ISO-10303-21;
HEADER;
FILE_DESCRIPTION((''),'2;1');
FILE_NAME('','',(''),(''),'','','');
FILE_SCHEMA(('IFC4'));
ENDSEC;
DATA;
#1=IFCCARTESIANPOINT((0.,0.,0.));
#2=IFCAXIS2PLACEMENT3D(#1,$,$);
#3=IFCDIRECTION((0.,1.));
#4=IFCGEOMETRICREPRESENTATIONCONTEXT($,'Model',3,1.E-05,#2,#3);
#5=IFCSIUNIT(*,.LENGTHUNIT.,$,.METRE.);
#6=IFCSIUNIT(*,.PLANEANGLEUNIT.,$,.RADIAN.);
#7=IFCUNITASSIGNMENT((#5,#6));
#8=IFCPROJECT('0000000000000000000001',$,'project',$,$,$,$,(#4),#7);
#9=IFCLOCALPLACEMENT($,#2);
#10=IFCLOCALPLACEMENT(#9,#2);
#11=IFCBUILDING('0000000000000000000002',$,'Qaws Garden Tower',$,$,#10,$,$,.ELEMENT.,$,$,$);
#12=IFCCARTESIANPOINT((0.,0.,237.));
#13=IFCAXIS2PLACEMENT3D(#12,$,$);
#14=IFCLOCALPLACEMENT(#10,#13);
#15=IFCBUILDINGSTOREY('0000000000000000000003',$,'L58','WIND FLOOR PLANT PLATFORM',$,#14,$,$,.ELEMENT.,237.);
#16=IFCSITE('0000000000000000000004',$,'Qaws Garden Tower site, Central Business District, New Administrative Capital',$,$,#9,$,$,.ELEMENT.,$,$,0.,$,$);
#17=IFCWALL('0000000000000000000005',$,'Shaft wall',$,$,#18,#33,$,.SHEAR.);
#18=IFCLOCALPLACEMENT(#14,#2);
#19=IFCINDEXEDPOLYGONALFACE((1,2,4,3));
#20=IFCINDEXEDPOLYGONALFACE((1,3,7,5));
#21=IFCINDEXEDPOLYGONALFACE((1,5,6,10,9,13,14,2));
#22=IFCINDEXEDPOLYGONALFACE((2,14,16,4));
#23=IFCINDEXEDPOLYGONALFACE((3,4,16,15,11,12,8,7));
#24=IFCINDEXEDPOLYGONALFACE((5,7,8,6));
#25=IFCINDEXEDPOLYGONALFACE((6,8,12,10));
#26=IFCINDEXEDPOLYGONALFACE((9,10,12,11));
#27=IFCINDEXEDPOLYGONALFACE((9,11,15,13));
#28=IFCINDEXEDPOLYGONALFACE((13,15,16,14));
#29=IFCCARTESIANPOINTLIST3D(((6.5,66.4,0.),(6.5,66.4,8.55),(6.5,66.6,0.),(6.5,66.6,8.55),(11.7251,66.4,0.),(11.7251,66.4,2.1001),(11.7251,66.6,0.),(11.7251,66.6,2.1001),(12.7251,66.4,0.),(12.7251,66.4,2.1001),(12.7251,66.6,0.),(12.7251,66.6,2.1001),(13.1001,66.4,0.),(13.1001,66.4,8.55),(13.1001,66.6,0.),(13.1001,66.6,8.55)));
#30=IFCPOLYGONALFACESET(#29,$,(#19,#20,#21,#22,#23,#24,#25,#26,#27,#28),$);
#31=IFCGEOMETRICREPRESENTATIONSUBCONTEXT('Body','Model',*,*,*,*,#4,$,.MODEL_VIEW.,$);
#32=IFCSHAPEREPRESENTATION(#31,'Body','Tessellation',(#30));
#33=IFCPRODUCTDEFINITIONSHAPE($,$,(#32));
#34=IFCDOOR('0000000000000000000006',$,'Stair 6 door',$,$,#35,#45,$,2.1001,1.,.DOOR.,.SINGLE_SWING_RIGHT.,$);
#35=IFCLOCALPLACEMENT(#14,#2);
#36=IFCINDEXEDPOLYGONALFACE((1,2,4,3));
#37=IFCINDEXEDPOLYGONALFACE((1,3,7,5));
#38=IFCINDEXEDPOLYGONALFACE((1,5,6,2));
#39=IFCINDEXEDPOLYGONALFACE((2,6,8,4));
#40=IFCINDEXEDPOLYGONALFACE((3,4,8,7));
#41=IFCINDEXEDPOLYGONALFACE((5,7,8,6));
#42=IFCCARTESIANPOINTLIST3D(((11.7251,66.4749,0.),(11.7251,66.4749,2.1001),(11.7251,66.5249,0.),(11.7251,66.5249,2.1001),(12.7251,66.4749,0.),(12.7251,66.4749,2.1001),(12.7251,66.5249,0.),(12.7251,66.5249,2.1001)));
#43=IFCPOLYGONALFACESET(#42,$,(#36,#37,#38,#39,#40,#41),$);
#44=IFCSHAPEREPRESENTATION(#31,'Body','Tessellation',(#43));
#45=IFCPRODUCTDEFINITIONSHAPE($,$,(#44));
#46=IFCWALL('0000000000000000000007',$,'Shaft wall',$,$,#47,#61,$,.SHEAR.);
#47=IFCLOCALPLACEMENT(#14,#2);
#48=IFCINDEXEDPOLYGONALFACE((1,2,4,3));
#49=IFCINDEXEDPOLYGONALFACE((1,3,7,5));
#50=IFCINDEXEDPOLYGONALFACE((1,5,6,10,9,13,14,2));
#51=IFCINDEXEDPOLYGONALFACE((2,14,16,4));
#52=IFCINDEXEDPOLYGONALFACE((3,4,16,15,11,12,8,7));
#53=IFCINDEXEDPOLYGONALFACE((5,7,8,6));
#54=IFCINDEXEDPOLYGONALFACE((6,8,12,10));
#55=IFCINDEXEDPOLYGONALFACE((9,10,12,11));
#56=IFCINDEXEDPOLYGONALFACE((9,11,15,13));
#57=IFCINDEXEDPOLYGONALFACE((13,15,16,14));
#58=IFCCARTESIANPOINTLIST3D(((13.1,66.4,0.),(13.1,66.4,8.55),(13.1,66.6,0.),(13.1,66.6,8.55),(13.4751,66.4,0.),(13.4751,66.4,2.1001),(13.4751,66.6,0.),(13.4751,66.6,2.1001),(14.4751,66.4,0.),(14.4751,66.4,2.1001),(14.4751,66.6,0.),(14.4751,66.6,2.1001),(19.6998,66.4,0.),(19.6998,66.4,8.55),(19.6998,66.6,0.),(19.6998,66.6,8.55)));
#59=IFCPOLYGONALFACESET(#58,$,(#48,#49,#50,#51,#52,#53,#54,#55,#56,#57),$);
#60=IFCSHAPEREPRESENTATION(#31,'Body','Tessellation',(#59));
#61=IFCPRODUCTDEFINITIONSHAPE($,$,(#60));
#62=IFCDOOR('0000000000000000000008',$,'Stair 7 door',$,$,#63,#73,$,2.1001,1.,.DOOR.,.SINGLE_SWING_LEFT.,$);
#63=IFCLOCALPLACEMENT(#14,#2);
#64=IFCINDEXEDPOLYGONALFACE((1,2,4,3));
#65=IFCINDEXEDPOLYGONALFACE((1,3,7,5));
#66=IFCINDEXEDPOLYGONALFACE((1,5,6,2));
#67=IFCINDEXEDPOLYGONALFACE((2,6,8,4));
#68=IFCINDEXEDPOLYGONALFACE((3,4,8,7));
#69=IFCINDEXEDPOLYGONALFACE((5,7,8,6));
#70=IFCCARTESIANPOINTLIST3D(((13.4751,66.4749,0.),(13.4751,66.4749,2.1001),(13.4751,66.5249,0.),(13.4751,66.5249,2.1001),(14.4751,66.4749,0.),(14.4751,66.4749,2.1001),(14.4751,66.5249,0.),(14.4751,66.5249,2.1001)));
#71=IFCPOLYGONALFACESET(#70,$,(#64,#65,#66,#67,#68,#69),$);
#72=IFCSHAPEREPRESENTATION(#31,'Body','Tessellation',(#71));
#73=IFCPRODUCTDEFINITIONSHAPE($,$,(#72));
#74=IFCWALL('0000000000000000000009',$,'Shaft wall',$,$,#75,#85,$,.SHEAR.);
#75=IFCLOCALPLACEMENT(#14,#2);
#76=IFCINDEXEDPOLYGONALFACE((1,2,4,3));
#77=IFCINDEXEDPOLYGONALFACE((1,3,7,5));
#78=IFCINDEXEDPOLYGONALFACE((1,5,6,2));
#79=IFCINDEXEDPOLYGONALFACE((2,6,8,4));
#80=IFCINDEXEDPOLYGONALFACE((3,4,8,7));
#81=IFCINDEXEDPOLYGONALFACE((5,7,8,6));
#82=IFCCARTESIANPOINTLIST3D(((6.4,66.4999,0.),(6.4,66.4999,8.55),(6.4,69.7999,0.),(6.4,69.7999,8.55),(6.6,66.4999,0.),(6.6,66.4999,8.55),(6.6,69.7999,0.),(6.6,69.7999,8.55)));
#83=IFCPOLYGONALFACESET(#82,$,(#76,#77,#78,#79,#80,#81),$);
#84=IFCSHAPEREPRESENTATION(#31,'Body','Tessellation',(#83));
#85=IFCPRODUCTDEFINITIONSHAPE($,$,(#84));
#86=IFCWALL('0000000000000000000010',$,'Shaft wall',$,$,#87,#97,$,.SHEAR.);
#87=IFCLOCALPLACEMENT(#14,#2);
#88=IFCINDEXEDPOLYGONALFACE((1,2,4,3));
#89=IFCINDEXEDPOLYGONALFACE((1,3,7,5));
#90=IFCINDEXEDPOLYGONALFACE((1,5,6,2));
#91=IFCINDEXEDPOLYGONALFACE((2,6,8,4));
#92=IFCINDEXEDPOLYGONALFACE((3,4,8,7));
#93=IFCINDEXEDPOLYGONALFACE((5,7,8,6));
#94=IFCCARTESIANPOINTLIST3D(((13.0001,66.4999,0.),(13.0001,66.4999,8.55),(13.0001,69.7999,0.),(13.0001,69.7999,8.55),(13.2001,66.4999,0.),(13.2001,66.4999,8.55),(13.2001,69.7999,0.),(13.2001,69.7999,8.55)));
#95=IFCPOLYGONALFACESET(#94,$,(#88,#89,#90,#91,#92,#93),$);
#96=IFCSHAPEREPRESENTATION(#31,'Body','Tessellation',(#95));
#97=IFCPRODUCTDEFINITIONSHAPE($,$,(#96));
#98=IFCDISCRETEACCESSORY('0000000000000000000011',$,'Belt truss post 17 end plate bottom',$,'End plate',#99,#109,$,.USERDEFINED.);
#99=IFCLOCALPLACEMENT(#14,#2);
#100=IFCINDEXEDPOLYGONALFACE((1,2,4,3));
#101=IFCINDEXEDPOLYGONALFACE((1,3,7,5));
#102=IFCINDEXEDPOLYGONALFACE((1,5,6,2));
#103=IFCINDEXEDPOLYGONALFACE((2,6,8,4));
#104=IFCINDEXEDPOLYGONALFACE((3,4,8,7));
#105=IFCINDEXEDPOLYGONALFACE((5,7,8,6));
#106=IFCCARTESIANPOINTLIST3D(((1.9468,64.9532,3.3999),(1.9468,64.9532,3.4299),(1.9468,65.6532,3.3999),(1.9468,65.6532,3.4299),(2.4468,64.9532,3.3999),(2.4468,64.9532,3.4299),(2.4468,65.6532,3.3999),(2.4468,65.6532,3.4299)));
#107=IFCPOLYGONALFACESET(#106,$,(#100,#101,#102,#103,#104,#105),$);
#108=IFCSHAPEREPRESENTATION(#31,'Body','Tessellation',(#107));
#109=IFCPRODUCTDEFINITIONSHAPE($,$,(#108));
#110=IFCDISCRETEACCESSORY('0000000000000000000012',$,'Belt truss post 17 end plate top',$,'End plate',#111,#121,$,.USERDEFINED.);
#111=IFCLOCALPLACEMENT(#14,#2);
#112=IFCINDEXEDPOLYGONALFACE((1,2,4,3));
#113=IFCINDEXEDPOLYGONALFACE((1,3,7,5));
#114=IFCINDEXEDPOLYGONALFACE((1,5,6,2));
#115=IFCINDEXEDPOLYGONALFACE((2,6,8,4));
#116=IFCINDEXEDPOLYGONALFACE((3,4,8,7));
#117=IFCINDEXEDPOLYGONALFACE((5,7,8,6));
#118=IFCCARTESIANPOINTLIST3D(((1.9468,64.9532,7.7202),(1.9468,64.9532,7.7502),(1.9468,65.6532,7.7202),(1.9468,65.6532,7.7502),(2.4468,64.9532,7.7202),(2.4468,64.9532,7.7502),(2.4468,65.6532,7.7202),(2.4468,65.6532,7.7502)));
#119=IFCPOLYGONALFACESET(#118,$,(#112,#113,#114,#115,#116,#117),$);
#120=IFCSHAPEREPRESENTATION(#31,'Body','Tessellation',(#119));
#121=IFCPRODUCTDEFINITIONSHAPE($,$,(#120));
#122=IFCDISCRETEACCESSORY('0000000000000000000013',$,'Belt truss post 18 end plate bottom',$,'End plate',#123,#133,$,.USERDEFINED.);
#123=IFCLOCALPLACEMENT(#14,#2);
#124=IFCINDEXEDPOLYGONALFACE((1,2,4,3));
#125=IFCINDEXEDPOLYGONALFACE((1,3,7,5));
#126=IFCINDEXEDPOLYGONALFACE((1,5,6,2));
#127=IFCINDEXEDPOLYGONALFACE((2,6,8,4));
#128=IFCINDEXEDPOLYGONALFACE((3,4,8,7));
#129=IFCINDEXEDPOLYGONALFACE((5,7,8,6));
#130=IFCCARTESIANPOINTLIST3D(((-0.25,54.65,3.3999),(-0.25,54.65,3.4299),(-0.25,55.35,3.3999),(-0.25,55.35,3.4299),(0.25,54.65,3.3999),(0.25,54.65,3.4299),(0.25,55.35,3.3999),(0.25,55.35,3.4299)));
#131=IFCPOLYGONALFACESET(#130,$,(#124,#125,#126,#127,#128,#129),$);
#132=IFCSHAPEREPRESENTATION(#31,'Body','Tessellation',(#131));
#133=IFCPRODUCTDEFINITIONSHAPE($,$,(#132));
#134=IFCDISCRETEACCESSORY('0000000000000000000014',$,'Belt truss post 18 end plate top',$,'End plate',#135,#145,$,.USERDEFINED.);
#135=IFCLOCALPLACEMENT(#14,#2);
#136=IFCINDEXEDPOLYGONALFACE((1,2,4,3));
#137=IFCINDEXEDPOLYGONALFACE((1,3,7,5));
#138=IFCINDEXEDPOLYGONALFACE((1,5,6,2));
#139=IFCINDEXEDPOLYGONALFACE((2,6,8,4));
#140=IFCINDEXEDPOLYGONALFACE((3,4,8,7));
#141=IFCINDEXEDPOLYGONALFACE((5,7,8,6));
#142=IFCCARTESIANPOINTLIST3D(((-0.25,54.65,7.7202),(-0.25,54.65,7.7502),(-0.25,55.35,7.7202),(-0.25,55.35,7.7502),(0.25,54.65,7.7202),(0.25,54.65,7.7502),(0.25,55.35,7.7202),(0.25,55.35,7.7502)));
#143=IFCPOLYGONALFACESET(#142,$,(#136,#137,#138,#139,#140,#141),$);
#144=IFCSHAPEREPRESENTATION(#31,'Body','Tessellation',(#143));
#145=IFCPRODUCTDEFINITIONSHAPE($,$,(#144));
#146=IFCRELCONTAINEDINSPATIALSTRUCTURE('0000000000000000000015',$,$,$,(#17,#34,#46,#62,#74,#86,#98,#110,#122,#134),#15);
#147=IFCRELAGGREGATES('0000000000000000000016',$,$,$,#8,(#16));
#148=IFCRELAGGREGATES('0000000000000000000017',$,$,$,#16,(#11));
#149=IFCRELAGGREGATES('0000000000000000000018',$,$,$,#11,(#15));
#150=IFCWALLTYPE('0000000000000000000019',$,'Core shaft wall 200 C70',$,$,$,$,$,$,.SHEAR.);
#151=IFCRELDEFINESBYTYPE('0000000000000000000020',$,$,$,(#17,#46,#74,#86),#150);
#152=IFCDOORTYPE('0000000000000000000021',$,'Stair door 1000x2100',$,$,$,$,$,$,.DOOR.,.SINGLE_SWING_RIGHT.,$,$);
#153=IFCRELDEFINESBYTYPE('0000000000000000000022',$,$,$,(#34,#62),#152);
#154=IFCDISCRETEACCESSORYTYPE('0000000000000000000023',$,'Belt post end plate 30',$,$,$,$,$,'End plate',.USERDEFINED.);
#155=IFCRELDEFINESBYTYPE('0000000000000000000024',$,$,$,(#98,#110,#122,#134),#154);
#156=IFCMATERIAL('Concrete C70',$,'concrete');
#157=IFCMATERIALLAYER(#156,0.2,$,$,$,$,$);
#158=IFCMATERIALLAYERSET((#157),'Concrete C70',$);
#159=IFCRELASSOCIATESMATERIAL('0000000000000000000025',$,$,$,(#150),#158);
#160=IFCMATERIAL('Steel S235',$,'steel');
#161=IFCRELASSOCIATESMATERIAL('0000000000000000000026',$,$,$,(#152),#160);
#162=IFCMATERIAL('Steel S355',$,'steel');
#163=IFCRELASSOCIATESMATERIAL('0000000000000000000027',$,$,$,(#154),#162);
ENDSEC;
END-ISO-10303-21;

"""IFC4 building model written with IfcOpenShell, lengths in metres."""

from ifc_helpers import new_model, si_unit, direction, frame, frame_2d, origin, origin_2d, place, context, subcontext, project, spatial, rectangle, extrude, material, layer, layer_set, type_object, element, fill, save


model = new_model("IFC4")

# Units and contexts
model_context = context("Model", 3, precision=1e-05, world=origin(), true_north=direction((0.0, 1.0)))
body_context = subcontext(model_context, "Body", "Model", "MODEL_VIEW")
ifc_project = project(units=[si_unit("LENGTHUNIT", "METRE"), si_unit("PLANEANGLEUNIT", "RADIAN")], contexts=[model_context])

# Site, building, storey
site_placement = place(None, origin())
site = spatial("IfcSite", under=ifc_project, at=site_placement, Name="Qaws Garden Tower site, Central Business District, New Administrative Capital", CompositionType="ELEMENT", RefElevation=0.0)
building_placement = place(site_placement, origin())
building = spatial("IfcBuilding", under=site, at=building_placement, Name="Qaws Garden Tower", CompositionType="ELEMENT")
storey_placement = place(building_placement, frame((0.0, 0.0, 237.0)))
storey = spatial("IfcBuildingStorey", under=building, at=storey_placement, Name="L58", Description="WIND FLOOR PLANT PLATFORM", CompositionType="ELEMENT", Elevation=237.0)

# Shared definitions
placement_1 = place(storey_placement, frame((2.1968, 65.3032, 3.3999), z_axis=(0.0, 0.0, 1.0), x_axis=(1.0, 0.0, 0.0)))
placement_2 = place(storey_placement, frame((0.0, 55.0, 3.3999), z_axis=(0.0, 0.0, 1.0), x_axis=(1.0, 0.0, 0.0)))

# Walls, openings, doors
ifc_material_1 = material(Name="Concrete C70", Category="concrete")
ifc_layer = layer(ifc_material_1, 0.2)
ifc_layer_set = layer_set([ifc_layer], Name="Concrete C70")
wall_type = type_object("IfcWallType", Name="Core shaft wall 200 C70", PredefinedType="SHEAR", material=ifc_layer_set)
wall_1_placement = place(storey_placement, frame((6.5, 66.5, 0.0), z_axis=(0.0, 0.0, 1.0), x_axis=(1.0, 0.0, 0.0)))
wall_1 = element("IfcWall", 1, at=wall_1_placement, inside=storey, type_object=wall_type, Name="Shaft wall", PredefinedType="SHEAR", context=body_context, shape_type="SweptSolid", body=[
    extrude(rectangle(XDim=6.6001, YDim=0.2, at=frame_2d((3.3, 0.0))), origin(), (0.0, 0.0, 1.0), 8.55),
])
opening_1_placement = place(wall_1_placement, frame((5.2251, 0.0, 0.0)))
opening_1 = element("IfcOpeningElement", 2, at=opening_1_placement, cuts=wall_1, PredefinedType="OPENING", context=body_context, shape_type="SweptSolid", body=[
    extrude(rectangle(XDim=1.0, YDim=2.1001, at=frame_2d((0.5, 1.05))), frame((0.0, 0.1099, 0.0), z_axis=(0.0, -1.0, 0.0), x_axis=(1.0, 0.0, 0.0)), (0.0, 0.0, 1.0), 0.22),
])
ifc_material_2 = material(Name="Steel S235", Category="steel")
door_type = type_object("IfcDoorType", Name="Stair door 1000x2100", OperationType="SINGLE_SWING_RIGHT", PredefinedType="DOOR", material=ifc_material_2)
door_1_placement = place(opening_1_placement, origin())
door_1 = element("IfcDoor", 3, at=door_1_placement, inside=storey, type_object=door_type, Name="Stair 6 door", OperationType="SINGLE_SWING_RIGHT", OverallHeight=2.1001, OverallWidth=1.0, PredefinedType="DOOR", context=body_context, shape_type="SweptSolid", body=[
    extrude(rectangle(XDim=1.0, YDim=2.1001, at=frame_2d((0.5, 1.05))), frame((0.0, 0.0249, 0.0), z_axis=(0.0, -1.0, 0.0), x_axis=(1.0, 0.0, 0.0)), (0.0, 0.0, 1.0), 0.05),
])
fill(opening_1, door_1)
wall_2_placement = place(storey_placement, frame((13.1001, 66.5, 0.0), z_axis=(0.0, 0.0, 1.0), x_axis=(1.0, 0.0, 0.0)))
wall_2 = element("IfcWall", 4, at=wall_2_placement, inside=storey, type_object=wall_type, Name="Shaft wall", PredefinedType="SHEAR", context=body_context, shape_type="SweptSolid", body=[
    extrude(rectangle(XDim=6.5999, YDim=0.2, at=frame_2d((3.2998, 0.0))), origin(), (0.0, 0.0, 1.0), 8.55),
])
opening_2_placement = place(wall_2_placement, frame((0.375, 0.0, 0.0)))
opening_2 = element("IfcOpeningElement", 5, at=opening_2_placement, cuts=wall_2, PredefinedType="OPENING", context=body_context, shape_type="SweptSolid", body=[
    extrude(rectangle(XDim=1.0, YDim=2.1001, at=frame_2d((0.5, 1.05))), frame((0.0, 0.1099, 0.0), z_axis=(0.0, -1.0, 0.0), x_axis=(1.0, 0.0, 0.0)), (0.0, 0.0, 1.0), 0.22),
])
door_2_placement = place(opening_2_placement, origin())
door_2 = element("IfcDoor", 6, at=door_2_placement, inside=storey, type_object=door_type, Name="Stair 7 door", OperationType="SINGLE_SWING_LEFT", OverallHeight=2.1001, OverallWidth=1.0, PredefinedType="DOOR", context=body_context, shape_type="SweptSolid", body=[
    extrude(rectangle(XDim=1.0, YDim=2.1001, at=frame_2d((0.5, 1.05))), frame((0.0, 0.0249, 0.0), z_axis=(0.0, -1.0, 0.0), x_axis=(1.0, 0.0, 0.0)), (0.0, 0.0, 1.0), 0.05),
])
fill(opening_2, door_2)

# Walls
for number, where, z_axis, x_axis, name in (
    (7, (6.5, 66.5, 0.0), (0.0, 0.0, 1.0), (0.0, 1.0, 0.0), "Shaft wall"),
    (8, (13.1001, 66.5, 0.0), (0.0, 0.0, 1.0), (0.0, 1.0, 0.0), "Shaft wall"),
):
    element("IfcWall", number, at=place(storey_placement, frame(where, z_axis=z_axis, x_axis=x_axis)), inside=storey, type_object=wall_type, Name=name, PredefinedType="SHEAR", context=body_context, shape_type="SweptSolid", body=[
        extrude(rectangle(XDim=3.3, YDim=0.2, at=frame_2d((1.6499, 0.0))), origin(), (0.0, 0.0, 1.0), 8.55),
    ])

# Discrete accessories
ifc_material_3 = material(Name="Steel S355", Category="steel")
discrete_accessory_type = type_object("IfcDiscreteAccessoryType", Name="Belt post end plate 30", ElementType="End plate", PredefinedType="USERDEFINED", material=ifc_material_3)
element("IfcDiscreteAccessory", 9, at=placement_1, inside=storey, type_object=discrete_accessory_type, Name="Belt truss post 17 end plate bottom", ObjectType="End plate", PredefinedType="USERDEFINED", context=body_context, shape_type="SweptSolid", body=[
    extrude(rectangle(XDim=0.5, YDim=0.7, at=origin_2d()), origin(), (0.0, 0.0, 1.0), 0.03),
])
discrete_accessory_1_placement = place(storey_placement, frame((2.1968, 65.3032, 7.7202), z_axis=(0.0, 0.0, 1.0), x_axis=(1.0, 0.0, 0.0)))
element("IfcDiscreteAccessory", 10, at=discrete_accessory_1_placement, inside=storey, type_object=discrete_accessory_type, Name="Belt truss post 17 end plate top", ObjectType="End plate", PredefinedType="USERDEFINED", context=body_context, shape_type="SweptSolid", body=[
    extrude(rectangle(XDim=0.5, YDim=0.7, at=origin_2d()), origin(), (0.0, 0.0, 1.0), 0.03),
])
element("IfcDiscreteAccessory", 11, at=placement_2, inside=storey, type_object=discrete_accessory_type, Name="Belt truss post 18 end plate bottom", ObjectType="End plate", PredefinedType="USERDEFINED", context=body_context, shape_type="SweptSolid", body=[
    extrude(rectangle(XDim=0.5, YDim=0.7, at=origin_2d()), origin(), (0.0, 0.0, 1.0), 0.03),
])
discrete_accessory_2_placement = place(storey_placement, frame((0.0, 55.0, 7.7202), z_axis=(0.0, 0.0, 1.0), x_axis=(1.0, 0.0, 0.0)))
element("IfcDiscreteAccessory", 12, at=discrete_accessory_2_placement, inside=storey, type_object=discrete_accessory_type, Name="Belt truss post 18 end plate top", ObjectType="End plate", PredefinedType="USERDEFINED", context=body_context, shape_type="SweptSolid", body=[
    extrude(rectangle(XDim=0.5, YDim=0.7, at=origin_2d()), origin(), (0.0, 0.0, 1.0), 0.03),
])

save(model, "model.ifc")
